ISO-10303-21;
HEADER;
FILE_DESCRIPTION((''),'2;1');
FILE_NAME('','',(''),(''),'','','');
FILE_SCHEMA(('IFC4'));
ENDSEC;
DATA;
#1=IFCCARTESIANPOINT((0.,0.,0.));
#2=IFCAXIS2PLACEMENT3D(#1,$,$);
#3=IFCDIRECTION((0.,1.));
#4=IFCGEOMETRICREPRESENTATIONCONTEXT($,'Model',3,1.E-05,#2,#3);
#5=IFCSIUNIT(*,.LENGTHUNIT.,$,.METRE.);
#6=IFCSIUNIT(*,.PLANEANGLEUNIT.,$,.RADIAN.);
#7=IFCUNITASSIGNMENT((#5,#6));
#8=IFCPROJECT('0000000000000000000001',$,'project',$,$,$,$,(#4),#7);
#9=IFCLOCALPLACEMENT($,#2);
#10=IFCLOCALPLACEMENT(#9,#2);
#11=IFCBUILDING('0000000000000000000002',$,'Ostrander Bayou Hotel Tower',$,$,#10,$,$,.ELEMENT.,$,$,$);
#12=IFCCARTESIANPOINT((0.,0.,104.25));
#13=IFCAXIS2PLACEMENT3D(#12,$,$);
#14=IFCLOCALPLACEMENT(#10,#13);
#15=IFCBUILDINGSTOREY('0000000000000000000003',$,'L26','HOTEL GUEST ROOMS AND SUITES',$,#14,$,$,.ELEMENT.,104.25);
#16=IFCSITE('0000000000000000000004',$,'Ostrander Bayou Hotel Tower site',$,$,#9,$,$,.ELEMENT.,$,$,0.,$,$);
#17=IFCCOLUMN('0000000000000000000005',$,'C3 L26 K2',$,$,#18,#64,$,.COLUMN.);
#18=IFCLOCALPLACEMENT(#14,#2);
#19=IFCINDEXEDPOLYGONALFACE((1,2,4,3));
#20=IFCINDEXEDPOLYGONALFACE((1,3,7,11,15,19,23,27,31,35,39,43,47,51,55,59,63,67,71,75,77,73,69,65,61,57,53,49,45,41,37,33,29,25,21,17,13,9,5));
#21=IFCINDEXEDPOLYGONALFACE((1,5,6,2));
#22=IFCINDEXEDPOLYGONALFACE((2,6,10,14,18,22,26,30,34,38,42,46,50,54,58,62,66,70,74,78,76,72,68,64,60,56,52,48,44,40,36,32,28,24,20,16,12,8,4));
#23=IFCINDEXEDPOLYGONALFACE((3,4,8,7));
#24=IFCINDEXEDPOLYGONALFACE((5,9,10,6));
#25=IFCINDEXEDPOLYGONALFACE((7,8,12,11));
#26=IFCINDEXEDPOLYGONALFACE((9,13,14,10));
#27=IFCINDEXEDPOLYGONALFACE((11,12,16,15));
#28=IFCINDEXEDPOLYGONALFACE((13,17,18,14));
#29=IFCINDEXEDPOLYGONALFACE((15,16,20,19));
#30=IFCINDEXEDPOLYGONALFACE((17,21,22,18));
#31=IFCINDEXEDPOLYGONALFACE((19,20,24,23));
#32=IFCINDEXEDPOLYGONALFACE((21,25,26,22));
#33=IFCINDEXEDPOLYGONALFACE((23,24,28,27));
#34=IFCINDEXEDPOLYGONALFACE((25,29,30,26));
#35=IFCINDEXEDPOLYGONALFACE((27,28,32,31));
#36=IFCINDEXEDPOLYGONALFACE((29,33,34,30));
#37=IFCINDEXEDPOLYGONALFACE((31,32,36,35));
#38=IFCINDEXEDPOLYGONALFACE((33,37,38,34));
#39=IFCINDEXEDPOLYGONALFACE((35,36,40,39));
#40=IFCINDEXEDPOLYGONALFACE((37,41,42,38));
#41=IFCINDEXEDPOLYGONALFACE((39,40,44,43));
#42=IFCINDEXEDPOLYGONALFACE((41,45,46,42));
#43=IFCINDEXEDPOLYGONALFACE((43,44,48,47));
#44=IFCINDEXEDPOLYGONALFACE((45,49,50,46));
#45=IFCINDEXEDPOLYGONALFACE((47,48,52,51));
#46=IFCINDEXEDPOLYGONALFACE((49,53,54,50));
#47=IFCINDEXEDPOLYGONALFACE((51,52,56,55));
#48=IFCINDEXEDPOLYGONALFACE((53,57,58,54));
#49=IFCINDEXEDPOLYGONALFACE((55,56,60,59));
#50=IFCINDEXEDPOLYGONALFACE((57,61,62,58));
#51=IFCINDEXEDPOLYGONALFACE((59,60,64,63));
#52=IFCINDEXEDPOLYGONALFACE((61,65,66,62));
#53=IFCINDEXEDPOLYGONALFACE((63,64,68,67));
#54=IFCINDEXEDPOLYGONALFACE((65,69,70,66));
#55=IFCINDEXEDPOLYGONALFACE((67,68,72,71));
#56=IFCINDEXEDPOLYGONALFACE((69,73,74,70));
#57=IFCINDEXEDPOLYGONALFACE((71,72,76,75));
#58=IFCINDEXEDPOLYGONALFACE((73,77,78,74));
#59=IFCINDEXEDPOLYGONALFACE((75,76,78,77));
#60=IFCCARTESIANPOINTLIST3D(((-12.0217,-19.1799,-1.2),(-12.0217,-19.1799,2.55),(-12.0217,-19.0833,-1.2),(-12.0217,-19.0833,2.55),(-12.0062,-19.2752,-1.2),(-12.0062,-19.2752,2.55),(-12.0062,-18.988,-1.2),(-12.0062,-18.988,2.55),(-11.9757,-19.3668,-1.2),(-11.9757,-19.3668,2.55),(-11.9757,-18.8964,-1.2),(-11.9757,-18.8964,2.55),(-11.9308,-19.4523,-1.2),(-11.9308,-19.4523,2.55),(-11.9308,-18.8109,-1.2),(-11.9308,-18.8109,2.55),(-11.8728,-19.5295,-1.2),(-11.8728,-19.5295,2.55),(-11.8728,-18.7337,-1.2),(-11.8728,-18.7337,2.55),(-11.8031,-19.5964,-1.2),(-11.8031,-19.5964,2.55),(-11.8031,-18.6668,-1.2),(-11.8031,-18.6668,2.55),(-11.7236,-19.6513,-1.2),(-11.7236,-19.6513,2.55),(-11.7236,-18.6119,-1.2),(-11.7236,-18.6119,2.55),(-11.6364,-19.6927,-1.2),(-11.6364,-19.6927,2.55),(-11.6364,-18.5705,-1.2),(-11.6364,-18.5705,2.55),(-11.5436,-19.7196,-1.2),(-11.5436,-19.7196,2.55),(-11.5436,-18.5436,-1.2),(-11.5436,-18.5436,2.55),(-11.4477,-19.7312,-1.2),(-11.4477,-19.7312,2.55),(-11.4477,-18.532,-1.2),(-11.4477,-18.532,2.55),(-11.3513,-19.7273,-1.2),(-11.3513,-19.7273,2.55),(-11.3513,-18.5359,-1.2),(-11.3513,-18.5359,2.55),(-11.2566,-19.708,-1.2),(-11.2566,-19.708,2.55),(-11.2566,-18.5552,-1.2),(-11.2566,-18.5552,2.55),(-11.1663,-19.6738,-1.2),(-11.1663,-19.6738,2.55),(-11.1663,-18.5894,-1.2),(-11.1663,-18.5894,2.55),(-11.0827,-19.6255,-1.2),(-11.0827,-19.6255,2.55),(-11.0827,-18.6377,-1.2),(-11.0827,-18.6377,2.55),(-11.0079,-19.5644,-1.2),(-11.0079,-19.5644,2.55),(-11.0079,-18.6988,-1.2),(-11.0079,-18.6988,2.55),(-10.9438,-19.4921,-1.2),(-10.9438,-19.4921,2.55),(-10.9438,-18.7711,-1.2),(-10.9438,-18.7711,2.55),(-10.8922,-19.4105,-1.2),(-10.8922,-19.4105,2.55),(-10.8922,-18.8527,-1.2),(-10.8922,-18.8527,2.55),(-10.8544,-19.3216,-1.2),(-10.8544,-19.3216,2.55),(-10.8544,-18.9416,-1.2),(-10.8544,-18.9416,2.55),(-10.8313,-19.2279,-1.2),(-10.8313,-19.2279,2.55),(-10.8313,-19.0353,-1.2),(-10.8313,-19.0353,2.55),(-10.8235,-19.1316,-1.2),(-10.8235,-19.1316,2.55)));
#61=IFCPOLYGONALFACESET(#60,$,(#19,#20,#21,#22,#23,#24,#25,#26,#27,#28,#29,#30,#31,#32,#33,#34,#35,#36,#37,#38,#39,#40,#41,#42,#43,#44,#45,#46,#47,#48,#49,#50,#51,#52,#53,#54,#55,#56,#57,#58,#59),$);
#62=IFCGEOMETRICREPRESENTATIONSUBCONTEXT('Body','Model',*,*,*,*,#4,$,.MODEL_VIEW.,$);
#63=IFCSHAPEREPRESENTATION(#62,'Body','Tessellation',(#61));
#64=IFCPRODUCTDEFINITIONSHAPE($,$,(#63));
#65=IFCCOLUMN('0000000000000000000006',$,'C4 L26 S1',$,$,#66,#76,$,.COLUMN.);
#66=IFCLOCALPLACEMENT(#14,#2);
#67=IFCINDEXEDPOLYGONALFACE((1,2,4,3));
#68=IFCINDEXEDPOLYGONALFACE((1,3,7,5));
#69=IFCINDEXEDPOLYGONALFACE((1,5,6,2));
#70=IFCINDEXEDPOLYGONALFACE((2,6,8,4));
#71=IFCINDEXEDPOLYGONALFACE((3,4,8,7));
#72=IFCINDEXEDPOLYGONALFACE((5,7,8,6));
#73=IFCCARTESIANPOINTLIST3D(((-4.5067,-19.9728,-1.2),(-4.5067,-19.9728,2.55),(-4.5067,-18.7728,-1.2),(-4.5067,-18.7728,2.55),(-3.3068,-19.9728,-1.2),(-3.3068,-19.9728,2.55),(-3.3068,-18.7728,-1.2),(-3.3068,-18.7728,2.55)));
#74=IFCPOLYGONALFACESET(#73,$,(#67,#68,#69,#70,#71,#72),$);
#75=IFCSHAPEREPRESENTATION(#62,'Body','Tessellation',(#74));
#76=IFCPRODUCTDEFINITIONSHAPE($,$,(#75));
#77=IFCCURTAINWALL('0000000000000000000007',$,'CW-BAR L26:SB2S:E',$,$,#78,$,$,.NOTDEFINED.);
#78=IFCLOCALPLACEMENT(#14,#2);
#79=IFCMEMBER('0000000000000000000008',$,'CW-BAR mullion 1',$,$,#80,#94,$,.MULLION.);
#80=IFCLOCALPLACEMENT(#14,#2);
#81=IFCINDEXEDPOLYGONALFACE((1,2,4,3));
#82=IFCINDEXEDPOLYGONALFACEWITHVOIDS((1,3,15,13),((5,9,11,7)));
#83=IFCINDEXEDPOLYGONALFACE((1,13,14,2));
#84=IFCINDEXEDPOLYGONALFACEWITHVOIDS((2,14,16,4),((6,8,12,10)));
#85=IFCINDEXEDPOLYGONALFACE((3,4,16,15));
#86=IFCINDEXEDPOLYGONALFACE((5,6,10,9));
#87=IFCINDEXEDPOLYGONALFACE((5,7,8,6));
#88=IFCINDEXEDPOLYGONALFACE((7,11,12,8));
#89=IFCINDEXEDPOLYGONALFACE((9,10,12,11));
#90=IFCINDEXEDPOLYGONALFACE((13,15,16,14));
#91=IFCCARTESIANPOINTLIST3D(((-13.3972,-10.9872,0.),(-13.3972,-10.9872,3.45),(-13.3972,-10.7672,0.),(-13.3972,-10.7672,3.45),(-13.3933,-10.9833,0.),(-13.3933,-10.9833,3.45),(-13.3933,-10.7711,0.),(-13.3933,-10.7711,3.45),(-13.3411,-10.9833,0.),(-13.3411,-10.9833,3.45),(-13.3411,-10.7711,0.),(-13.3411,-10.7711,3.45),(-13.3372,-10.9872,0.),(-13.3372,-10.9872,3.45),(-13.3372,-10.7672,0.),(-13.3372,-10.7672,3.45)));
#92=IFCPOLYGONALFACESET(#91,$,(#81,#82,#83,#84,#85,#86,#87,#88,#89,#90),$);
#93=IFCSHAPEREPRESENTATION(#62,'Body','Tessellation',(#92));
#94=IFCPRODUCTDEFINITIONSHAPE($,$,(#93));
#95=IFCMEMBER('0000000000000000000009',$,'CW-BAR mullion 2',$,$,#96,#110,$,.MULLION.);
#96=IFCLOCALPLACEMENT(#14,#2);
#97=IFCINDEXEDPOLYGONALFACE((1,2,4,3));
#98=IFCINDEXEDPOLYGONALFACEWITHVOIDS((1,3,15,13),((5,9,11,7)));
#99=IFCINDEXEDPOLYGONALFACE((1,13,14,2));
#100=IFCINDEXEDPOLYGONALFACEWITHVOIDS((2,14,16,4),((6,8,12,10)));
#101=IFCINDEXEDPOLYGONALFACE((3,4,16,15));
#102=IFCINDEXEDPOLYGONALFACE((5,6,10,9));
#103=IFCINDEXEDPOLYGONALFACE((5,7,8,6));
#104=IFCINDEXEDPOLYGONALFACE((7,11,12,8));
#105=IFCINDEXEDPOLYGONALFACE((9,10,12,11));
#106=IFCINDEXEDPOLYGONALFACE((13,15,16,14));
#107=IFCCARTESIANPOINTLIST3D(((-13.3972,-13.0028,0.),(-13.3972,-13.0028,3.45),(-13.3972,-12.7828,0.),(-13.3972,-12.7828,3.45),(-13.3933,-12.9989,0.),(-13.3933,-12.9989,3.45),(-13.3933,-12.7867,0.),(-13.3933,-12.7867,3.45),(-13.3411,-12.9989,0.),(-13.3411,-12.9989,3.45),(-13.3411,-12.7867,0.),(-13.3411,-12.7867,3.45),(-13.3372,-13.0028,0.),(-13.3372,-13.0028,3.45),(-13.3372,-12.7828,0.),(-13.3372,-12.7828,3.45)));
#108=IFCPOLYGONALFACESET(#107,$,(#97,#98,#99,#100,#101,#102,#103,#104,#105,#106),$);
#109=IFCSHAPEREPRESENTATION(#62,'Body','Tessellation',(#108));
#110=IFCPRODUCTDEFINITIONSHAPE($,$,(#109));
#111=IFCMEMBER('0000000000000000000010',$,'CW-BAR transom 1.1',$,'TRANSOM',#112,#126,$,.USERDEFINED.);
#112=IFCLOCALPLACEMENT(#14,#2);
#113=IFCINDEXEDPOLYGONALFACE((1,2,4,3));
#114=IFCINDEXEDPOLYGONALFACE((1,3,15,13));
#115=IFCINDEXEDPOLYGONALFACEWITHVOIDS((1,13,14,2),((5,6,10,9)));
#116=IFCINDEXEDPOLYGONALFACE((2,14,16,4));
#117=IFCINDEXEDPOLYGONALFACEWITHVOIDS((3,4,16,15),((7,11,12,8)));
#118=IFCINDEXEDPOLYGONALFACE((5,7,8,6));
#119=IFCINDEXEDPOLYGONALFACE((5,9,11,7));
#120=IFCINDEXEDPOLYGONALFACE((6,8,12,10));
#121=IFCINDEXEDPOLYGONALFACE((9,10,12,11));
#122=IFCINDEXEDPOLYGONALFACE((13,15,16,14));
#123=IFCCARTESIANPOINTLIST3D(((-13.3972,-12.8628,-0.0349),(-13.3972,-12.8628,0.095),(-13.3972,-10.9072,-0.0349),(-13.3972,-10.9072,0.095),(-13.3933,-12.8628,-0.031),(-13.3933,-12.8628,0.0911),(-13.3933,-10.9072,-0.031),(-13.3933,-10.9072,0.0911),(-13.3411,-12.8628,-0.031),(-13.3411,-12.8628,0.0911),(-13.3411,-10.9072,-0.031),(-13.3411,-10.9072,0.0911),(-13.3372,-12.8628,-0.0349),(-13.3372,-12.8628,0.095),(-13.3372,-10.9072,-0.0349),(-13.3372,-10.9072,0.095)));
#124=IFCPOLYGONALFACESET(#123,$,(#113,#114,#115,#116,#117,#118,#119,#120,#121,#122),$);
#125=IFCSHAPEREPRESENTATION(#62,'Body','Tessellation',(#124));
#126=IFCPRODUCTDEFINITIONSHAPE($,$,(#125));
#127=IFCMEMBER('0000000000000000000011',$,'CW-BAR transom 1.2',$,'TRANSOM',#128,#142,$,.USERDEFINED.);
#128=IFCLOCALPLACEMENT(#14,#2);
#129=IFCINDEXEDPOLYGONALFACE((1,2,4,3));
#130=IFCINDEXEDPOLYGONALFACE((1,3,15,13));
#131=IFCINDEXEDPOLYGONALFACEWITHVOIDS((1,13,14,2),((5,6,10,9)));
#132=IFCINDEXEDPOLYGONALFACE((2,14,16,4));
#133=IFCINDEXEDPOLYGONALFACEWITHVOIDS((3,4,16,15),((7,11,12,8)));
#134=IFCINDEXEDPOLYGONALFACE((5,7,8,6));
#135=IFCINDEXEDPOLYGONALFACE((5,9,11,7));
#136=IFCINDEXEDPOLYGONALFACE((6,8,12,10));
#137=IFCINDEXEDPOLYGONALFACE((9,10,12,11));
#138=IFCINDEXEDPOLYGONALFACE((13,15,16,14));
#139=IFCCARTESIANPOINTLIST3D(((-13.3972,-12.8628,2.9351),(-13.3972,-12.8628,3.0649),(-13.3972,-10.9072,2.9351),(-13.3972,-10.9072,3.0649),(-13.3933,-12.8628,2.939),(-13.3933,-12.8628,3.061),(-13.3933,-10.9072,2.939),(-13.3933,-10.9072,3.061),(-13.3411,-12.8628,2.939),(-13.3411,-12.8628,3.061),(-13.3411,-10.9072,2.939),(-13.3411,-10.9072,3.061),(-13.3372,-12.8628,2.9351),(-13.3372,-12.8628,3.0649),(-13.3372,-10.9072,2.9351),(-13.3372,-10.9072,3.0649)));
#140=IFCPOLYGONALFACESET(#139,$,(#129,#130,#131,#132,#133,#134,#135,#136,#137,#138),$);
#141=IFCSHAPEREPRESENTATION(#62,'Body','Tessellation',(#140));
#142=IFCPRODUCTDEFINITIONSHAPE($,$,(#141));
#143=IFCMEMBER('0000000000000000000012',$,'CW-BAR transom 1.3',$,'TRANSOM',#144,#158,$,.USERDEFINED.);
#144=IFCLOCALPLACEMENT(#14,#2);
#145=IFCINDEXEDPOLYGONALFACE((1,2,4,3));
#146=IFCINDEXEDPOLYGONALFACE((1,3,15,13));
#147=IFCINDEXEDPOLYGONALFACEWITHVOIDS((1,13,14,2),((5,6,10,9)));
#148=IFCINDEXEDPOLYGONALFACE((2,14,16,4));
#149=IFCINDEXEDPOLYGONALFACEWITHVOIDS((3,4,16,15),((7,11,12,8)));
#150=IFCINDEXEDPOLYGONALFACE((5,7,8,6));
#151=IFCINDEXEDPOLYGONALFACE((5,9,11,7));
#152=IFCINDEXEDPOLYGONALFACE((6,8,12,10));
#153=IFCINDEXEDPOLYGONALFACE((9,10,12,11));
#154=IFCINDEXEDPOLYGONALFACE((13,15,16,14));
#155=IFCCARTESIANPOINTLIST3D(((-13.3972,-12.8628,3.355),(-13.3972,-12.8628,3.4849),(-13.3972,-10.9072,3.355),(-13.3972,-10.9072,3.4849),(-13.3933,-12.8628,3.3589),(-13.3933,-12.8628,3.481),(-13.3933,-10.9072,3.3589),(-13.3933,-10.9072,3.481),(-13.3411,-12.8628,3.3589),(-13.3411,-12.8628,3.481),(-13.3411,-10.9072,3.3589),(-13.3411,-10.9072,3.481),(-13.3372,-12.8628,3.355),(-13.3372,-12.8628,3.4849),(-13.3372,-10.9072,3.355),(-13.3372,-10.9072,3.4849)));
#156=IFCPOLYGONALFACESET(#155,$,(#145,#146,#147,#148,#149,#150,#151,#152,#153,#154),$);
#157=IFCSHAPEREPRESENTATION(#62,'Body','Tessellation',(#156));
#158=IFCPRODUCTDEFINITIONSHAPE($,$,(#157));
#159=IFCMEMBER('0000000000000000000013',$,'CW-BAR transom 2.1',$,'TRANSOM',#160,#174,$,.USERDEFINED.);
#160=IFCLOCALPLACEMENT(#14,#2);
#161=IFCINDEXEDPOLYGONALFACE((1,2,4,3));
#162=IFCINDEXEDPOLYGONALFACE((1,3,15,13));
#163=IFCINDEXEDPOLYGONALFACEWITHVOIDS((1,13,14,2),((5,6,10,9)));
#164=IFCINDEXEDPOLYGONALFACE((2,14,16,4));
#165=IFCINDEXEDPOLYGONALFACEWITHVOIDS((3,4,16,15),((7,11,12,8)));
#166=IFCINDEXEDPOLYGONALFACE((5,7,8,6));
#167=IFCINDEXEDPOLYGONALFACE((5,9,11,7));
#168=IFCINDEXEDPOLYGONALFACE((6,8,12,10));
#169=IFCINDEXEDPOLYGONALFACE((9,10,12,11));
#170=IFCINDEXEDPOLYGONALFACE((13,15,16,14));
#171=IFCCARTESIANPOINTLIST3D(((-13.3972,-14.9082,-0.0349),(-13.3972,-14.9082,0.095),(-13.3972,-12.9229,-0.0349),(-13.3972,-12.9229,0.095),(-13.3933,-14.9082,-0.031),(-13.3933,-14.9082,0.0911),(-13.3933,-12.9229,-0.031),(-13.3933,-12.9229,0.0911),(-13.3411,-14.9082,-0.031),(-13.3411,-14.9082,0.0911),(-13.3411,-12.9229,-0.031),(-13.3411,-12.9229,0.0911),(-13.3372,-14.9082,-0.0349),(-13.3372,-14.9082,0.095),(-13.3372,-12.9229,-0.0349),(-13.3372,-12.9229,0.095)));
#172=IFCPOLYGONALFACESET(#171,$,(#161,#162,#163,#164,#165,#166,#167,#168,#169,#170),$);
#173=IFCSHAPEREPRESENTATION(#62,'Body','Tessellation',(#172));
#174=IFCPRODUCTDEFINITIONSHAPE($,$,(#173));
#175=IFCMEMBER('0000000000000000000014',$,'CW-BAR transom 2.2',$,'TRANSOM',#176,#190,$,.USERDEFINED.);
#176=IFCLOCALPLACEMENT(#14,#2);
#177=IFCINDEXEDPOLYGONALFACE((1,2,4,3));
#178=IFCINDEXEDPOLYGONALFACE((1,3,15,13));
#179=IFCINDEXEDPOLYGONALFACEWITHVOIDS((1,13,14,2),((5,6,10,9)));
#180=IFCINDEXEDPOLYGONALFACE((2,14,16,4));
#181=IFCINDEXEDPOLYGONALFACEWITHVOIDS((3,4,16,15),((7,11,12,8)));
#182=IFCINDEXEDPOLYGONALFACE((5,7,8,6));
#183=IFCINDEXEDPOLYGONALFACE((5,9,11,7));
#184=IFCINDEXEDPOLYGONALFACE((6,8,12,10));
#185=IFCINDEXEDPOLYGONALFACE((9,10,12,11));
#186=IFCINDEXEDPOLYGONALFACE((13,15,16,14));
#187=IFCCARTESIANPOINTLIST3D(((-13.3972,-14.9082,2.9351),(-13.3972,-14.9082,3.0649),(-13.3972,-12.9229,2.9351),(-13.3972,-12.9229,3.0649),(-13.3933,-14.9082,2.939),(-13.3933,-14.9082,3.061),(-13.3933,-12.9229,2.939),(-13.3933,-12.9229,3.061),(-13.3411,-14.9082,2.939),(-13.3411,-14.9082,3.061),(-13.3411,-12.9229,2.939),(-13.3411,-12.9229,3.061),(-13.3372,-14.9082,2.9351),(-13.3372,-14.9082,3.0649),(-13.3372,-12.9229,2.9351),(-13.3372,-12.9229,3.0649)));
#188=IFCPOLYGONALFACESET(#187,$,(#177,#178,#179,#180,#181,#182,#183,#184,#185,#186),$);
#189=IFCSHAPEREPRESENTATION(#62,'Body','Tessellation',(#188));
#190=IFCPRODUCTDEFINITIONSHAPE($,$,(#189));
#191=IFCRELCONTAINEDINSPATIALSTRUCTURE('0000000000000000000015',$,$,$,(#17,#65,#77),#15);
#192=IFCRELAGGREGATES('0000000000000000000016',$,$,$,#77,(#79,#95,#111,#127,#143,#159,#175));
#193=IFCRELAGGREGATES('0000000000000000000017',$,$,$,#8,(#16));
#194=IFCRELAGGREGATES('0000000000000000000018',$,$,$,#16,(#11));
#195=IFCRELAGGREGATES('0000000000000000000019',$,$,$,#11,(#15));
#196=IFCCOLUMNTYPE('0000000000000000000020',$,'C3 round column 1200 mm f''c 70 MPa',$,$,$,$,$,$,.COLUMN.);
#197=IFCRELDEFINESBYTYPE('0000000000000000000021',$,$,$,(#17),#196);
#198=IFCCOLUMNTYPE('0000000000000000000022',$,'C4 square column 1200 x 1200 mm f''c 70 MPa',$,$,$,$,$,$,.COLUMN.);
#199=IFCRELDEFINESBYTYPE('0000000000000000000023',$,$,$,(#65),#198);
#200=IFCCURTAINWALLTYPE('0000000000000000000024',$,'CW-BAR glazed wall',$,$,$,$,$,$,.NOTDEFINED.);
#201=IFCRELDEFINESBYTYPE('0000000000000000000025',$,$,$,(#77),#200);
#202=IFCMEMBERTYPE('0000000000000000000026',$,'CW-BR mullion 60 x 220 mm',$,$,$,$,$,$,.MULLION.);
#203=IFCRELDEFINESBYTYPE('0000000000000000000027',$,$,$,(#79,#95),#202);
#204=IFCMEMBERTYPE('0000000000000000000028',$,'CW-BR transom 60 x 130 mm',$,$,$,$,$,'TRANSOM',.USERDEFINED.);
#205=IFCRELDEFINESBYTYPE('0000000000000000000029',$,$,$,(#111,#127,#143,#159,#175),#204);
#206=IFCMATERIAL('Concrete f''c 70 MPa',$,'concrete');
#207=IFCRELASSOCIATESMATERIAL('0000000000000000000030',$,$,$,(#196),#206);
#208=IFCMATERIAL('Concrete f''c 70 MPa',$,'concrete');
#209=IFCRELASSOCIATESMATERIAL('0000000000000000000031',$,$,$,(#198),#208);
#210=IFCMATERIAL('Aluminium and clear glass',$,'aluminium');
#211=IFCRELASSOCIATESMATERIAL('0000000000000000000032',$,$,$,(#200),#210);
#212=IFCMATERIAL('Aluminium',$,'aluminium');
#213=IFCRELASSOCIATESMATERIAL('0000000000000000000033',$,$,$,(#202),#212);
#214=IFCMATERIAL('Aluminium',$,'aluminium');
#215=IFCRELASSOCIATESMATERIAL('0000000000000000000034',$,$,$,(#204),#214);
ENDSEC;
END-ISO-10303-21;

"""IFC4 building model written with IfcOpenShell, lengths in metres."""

from ifc_helpers import new_model, si_unit, direction, frame, origin, origin_2d, place, context, subcontext, project, spatial, rectangle, hollow_rectangle, circle, extrude, material, material_profile, profile_set, type_object, element, aggregate, save


model = new_model("IFC4")

# Units and contexts
model_context = context("Model", 3, precision=1e-05, world=origin(), true_north=direction((0.0, 1.0)))
body_context = subcontext(model_context, "Body", "Model", "MODEL_VIEW")
ifc_project = project(units=[si_unit("LENGTHUNIT", "METRE"), si_unit("PLANEANGLEUNIT", "RADIAN")], contexts=[model_context])

# Site, building, storey
site_placement = place(None, origin())
site = spatial("IfcSite", under=ifc_project, at=site_placement, Name="Ostrander Bayou Hotel Tower site", CompositionType="ELEMENT", RefElevation=0.0)
building_placement = place(site_placement, origin())
building = spatial("IfcBuilding", under=site, at=building_placement, Name="Ostrander Bayou Hotel Tower", CompositionType="ELEMENT")
storey_placement = place(building_placement, frame((0.0, 0.0, 104.25)))
storey = spatial("IfcBuildingStorey", under=building, at=storey_placement, Name="L26", Description="HOTEL GUEST ROOMS AND SUITES", CompositionType="ELEMENT", Elevation=104.25)

# Columns
ifc_material_1 = material(Name="Concrete f'c 70 MPa", Category="concrete")
ifc_material_profile_1 = material_profile(ifc_material_1, circle(Radius=0.6001, at=origin_2d()))
ifc_profile_set_1 = profile_set([ifc_material_profile_1], Name="Concrete f'c 70 MPa")
column_type_1 = type_object("IfcColumnType", Name="C3 round column 1200 mm f'c 70 MPa", PredefinedType="COLUMN", material=ifc_profile_set_1)
column_1_placement = place(storey_placement, frame((-11.4236, -19.1316, -1.2), z_axis=(0.0, 0.0, 1.0), x_axis=(1.0, 0.0, 0.0)))
element("IfcColumn", 1, at=column_1_placement, inside=storey, type_object=column_type_1, Name="C3 L26 K2", PredefinedType="COLUMN", context=body_context, shape_type="SweptSolid", body=[
    extrude(circle(Radius=0.6001, at=origin_2d()), origin(), (0.0, 0.0, 1.0), 3.75),
])
ifc_material_2 = material(Name="Concrete f'c 70 MPa", Category="concrete")
ifc_material_profile_2 = material_profile(ifc_material_2, rectangle(XDim=1.2, YDim=1.2, at=origin_2d()))
ifc_profile_set_2 = profile_set([ifc_material_profile_2], Name="Concrete f'c 70 MPa")
column_type_2 = type_object("IfcColumnType", Name="C4 square column 1200 x 1200 mm f'c 70 MPa", PredefinedType="COLUMN", material=ifc_profile_set_2)
column_2_placement = place(storey_placement, frame((-3.9067, -19.3728, -1.2), z_axis=(0.0, 0.0, 1.0), x_axis=(-1.0, 0.0, 0.0)))
element("IfcColumn", 2, at=column_2_placement, inside=storey, type_object=column_type_2, Name="C4 L26 S1", PredefinedType="COLUMN", context=body_context, shape_type="SweptSolid", body=[
    extrude(rectangle(XDim=1.2, YDim=1.2, at=origin_2d()), origin(), (0.0, 0.0, 1.0), 3.75),
])

# Curtain wall, members
ifc_material_3 = material(Name="Aluminium and clear glass", Category="aluminium")
curtain_wall_type = type_object("IfcCurtainWallType", Name="CW-BAR glazed wall", PredefinedType="NOTDEFINED", material=ifc_material_3)
curtain_wall_placement = place(storey_placement, origin())
curtain_wall = element("IfcCurtainWall", 3, at=curtain_wall_placement, inside=storey, type_object=curtain_wall_type, Name="CW-BAR L26:SB2S:E", PredefinedType="NOTDEFINED")
ifc_material_4 = material(Name="Aluminium", Category="aluminium")
ifc_material_profile_3 = material_profile(ifc_material_4, hollow_rectangle(XDim=0.0601, YDim=0.22, WallThickness=0.0039, at=origin_2d()))
ifc_profile_set_3 = profile_set([ifc_material_profile_3], Name="Aluminium")
member_type_1 = type_object("IfcMemberType", Name="CW-BR mullion 60 x 220 mm", PredefinedType="MULLION", material=ifc_profile_set_3)
member_1_placement = place(storey_placement, frame((-13.3672, -10.8772, 0.0), z_axis=(0.0, 0.0, 1.0), x_axis=(1.0, 0.0, 0.0)))
member_1 = element("IfcMember", 4, at=member_1_placement, type_object=member_type_1, Name="CW-BAR mullion 1", PredefinedType="MULLION", context=body_context, shape_type="SweptSolid", body=[
    extrude(hollow_rectangle(XDim=0.0601, YDim=0.22, WallThickness=0.0039, at=origin_2d()), origin(), (0.0, 0.0, 1.0), 3.45),
])
member_2_placement = place(storey_placement, frame((-13.3672, -12.8928, 0.0), z_axis=(0.0, 0.0, 1.0), x_axis=(1.0, 0.0, 0.0)))
member_2 = element("IfcMember", 5, at=member_2_placement, type_object=member_type_1, Name="CW-BAR mullion 2", PredefinedType="MULLION", context=body_context, shape_type="SweptSolid", body=[
    extrude(hollow_rectangle(XDim=0.0601, YDim=0.22, WallThickness=0.0039, at=origin_2d()), origin(), (0.0, 0.0, 1.0), 3.45),
])
ifc_material_5 = material(Name="Aluminium", Category="aluminium")
ifc_material_profile_4 = material_profile(ifc_material_5, hollow_rectangle(XDim=0.0601, YDim=0.1299, WallThickness=0.0039, at=origin_2d()))
ifc_profile_set_4 = profile_set([ifc_material_profile_4], Name="Aluminium")
member_type_2 = type_object("IfcMemberType", Name="CW-BR transom 60 x 130 mm", ElementType="TRANSOM", PredefinedType="USERDEFINED", material=ifc_profile_set_4)
member_3_placement = place(storey_placement, frame((-13.3672, -10.9072, 0.03), z_axis=(0.0, -1.0, 0.0), x_axis=(1.0, 0.0, 0.0)))
member_3 = element("IfcMember", 6, at=member_3_placement, type_object=member_type_2, Name="CW-BAR transom 1.1", ObjectType="TRANSOM", PredefinedType="USERDEFINED", context=body_context, shape_type="SweptSolid", body=[
    extrude(hollow_rectangle(XDim=0.0601, YDim=0.1299, WallThickness=0.0039, at=origin_2d()), origin(), (0.0, 0.0, 1.0), 1.9556),
])
member_4_placement = place(storey_placement, frame((-13.3672, -10.9072, 3.0), z_axis=(0.0, -1.0, 0.0), x_axis=(1.0, 0.0, 0.0)))
member_4 = element("IfcMember", 7, at=member_4_placement, type_object=member_type_2, Name="CW-BAR transom 1.2", ObjectType="TRANSOM", PredefinedType="USERDEFINED", context=body_context, shape_type="SweptSolid", body=[
    extrude(hollow_rectangle(XDim=0.0601, YDim=0.1299, WallThickness=0.0039, at=origin_2d()), origin(), (0.0, 0.0, 1.0), 1.9556),
])
member_5_placement = place(storey_placement, frame((-13.3672, -10.9072, 3.4199), z_axis=(0.0, -1.0, 0.0), x_axis=(1.0, 0.0, 0.0)))
member_5 = element("IfcMember", 8, at=member_5_placement, type_object=member_type_2, Name="CW-BAR transom 1.3", ObjectType="TRANSOM", PredefinedType="USERDEFINED", context=body_context, shape_type="SweptSolid", body=[
    extrude(hollow_rectangle(XDim=0.0601, YDim=0.1299, WallThickness=0.0039, at=origin_2d()), origin(), (0.0, 0.0, 1.0), 1.9556),
])
member_6_placement = place(storey_placement, frame((-13.3672, -12.9229, 0.03), z_axis=(0.0, -1.0, 0.0), x_axis=(1.0, 0.0, 0.0)))
member_6 = element("IfcMember", 9, at=member_6_placement, type_object=member_type_2, Name="CW-BAR transom 2.1", ObjectType="TRANSOM", PredefinedType="USERDEFINED", context=body_context, shape_type="SweptSolid", body=[
    extrude(hollow_rectangle(XDim=0.0601, YDim=0.1299, WallThickness=0.0039, at=origin_2d()), origin(), (0.0, 0.0, 1.0), 1.9854),
])
member_7_placement = place(storey_placement, frame((-13.3672, -12.9229, 3.0), z_axis=(0.0, -1.0, 0.0), x_axis=(1.0, 0.0, 0.0)))
member_7 = element("IfcMember", 10, at=member_7_placement, type_object=member_type_2, Name="CW-BAR transom 2.2", ObjectType="TRANSOM", PredefinedType="USERDEFINED", context=body_context, shape_type="SweptSolid", body=[
    extrude(hollow_rectangle(XDim=0.0601, YDim=0.1299, WallThickness=0.0039, at=origin_2d()), origin(), (0.0, 0.0, 1.0), 1.9854),
])
aggregate(curtain_wall, [member_1, member_2, member_3, member_4, member_5, member_6, member_7])

save(model, "model.ifc")
